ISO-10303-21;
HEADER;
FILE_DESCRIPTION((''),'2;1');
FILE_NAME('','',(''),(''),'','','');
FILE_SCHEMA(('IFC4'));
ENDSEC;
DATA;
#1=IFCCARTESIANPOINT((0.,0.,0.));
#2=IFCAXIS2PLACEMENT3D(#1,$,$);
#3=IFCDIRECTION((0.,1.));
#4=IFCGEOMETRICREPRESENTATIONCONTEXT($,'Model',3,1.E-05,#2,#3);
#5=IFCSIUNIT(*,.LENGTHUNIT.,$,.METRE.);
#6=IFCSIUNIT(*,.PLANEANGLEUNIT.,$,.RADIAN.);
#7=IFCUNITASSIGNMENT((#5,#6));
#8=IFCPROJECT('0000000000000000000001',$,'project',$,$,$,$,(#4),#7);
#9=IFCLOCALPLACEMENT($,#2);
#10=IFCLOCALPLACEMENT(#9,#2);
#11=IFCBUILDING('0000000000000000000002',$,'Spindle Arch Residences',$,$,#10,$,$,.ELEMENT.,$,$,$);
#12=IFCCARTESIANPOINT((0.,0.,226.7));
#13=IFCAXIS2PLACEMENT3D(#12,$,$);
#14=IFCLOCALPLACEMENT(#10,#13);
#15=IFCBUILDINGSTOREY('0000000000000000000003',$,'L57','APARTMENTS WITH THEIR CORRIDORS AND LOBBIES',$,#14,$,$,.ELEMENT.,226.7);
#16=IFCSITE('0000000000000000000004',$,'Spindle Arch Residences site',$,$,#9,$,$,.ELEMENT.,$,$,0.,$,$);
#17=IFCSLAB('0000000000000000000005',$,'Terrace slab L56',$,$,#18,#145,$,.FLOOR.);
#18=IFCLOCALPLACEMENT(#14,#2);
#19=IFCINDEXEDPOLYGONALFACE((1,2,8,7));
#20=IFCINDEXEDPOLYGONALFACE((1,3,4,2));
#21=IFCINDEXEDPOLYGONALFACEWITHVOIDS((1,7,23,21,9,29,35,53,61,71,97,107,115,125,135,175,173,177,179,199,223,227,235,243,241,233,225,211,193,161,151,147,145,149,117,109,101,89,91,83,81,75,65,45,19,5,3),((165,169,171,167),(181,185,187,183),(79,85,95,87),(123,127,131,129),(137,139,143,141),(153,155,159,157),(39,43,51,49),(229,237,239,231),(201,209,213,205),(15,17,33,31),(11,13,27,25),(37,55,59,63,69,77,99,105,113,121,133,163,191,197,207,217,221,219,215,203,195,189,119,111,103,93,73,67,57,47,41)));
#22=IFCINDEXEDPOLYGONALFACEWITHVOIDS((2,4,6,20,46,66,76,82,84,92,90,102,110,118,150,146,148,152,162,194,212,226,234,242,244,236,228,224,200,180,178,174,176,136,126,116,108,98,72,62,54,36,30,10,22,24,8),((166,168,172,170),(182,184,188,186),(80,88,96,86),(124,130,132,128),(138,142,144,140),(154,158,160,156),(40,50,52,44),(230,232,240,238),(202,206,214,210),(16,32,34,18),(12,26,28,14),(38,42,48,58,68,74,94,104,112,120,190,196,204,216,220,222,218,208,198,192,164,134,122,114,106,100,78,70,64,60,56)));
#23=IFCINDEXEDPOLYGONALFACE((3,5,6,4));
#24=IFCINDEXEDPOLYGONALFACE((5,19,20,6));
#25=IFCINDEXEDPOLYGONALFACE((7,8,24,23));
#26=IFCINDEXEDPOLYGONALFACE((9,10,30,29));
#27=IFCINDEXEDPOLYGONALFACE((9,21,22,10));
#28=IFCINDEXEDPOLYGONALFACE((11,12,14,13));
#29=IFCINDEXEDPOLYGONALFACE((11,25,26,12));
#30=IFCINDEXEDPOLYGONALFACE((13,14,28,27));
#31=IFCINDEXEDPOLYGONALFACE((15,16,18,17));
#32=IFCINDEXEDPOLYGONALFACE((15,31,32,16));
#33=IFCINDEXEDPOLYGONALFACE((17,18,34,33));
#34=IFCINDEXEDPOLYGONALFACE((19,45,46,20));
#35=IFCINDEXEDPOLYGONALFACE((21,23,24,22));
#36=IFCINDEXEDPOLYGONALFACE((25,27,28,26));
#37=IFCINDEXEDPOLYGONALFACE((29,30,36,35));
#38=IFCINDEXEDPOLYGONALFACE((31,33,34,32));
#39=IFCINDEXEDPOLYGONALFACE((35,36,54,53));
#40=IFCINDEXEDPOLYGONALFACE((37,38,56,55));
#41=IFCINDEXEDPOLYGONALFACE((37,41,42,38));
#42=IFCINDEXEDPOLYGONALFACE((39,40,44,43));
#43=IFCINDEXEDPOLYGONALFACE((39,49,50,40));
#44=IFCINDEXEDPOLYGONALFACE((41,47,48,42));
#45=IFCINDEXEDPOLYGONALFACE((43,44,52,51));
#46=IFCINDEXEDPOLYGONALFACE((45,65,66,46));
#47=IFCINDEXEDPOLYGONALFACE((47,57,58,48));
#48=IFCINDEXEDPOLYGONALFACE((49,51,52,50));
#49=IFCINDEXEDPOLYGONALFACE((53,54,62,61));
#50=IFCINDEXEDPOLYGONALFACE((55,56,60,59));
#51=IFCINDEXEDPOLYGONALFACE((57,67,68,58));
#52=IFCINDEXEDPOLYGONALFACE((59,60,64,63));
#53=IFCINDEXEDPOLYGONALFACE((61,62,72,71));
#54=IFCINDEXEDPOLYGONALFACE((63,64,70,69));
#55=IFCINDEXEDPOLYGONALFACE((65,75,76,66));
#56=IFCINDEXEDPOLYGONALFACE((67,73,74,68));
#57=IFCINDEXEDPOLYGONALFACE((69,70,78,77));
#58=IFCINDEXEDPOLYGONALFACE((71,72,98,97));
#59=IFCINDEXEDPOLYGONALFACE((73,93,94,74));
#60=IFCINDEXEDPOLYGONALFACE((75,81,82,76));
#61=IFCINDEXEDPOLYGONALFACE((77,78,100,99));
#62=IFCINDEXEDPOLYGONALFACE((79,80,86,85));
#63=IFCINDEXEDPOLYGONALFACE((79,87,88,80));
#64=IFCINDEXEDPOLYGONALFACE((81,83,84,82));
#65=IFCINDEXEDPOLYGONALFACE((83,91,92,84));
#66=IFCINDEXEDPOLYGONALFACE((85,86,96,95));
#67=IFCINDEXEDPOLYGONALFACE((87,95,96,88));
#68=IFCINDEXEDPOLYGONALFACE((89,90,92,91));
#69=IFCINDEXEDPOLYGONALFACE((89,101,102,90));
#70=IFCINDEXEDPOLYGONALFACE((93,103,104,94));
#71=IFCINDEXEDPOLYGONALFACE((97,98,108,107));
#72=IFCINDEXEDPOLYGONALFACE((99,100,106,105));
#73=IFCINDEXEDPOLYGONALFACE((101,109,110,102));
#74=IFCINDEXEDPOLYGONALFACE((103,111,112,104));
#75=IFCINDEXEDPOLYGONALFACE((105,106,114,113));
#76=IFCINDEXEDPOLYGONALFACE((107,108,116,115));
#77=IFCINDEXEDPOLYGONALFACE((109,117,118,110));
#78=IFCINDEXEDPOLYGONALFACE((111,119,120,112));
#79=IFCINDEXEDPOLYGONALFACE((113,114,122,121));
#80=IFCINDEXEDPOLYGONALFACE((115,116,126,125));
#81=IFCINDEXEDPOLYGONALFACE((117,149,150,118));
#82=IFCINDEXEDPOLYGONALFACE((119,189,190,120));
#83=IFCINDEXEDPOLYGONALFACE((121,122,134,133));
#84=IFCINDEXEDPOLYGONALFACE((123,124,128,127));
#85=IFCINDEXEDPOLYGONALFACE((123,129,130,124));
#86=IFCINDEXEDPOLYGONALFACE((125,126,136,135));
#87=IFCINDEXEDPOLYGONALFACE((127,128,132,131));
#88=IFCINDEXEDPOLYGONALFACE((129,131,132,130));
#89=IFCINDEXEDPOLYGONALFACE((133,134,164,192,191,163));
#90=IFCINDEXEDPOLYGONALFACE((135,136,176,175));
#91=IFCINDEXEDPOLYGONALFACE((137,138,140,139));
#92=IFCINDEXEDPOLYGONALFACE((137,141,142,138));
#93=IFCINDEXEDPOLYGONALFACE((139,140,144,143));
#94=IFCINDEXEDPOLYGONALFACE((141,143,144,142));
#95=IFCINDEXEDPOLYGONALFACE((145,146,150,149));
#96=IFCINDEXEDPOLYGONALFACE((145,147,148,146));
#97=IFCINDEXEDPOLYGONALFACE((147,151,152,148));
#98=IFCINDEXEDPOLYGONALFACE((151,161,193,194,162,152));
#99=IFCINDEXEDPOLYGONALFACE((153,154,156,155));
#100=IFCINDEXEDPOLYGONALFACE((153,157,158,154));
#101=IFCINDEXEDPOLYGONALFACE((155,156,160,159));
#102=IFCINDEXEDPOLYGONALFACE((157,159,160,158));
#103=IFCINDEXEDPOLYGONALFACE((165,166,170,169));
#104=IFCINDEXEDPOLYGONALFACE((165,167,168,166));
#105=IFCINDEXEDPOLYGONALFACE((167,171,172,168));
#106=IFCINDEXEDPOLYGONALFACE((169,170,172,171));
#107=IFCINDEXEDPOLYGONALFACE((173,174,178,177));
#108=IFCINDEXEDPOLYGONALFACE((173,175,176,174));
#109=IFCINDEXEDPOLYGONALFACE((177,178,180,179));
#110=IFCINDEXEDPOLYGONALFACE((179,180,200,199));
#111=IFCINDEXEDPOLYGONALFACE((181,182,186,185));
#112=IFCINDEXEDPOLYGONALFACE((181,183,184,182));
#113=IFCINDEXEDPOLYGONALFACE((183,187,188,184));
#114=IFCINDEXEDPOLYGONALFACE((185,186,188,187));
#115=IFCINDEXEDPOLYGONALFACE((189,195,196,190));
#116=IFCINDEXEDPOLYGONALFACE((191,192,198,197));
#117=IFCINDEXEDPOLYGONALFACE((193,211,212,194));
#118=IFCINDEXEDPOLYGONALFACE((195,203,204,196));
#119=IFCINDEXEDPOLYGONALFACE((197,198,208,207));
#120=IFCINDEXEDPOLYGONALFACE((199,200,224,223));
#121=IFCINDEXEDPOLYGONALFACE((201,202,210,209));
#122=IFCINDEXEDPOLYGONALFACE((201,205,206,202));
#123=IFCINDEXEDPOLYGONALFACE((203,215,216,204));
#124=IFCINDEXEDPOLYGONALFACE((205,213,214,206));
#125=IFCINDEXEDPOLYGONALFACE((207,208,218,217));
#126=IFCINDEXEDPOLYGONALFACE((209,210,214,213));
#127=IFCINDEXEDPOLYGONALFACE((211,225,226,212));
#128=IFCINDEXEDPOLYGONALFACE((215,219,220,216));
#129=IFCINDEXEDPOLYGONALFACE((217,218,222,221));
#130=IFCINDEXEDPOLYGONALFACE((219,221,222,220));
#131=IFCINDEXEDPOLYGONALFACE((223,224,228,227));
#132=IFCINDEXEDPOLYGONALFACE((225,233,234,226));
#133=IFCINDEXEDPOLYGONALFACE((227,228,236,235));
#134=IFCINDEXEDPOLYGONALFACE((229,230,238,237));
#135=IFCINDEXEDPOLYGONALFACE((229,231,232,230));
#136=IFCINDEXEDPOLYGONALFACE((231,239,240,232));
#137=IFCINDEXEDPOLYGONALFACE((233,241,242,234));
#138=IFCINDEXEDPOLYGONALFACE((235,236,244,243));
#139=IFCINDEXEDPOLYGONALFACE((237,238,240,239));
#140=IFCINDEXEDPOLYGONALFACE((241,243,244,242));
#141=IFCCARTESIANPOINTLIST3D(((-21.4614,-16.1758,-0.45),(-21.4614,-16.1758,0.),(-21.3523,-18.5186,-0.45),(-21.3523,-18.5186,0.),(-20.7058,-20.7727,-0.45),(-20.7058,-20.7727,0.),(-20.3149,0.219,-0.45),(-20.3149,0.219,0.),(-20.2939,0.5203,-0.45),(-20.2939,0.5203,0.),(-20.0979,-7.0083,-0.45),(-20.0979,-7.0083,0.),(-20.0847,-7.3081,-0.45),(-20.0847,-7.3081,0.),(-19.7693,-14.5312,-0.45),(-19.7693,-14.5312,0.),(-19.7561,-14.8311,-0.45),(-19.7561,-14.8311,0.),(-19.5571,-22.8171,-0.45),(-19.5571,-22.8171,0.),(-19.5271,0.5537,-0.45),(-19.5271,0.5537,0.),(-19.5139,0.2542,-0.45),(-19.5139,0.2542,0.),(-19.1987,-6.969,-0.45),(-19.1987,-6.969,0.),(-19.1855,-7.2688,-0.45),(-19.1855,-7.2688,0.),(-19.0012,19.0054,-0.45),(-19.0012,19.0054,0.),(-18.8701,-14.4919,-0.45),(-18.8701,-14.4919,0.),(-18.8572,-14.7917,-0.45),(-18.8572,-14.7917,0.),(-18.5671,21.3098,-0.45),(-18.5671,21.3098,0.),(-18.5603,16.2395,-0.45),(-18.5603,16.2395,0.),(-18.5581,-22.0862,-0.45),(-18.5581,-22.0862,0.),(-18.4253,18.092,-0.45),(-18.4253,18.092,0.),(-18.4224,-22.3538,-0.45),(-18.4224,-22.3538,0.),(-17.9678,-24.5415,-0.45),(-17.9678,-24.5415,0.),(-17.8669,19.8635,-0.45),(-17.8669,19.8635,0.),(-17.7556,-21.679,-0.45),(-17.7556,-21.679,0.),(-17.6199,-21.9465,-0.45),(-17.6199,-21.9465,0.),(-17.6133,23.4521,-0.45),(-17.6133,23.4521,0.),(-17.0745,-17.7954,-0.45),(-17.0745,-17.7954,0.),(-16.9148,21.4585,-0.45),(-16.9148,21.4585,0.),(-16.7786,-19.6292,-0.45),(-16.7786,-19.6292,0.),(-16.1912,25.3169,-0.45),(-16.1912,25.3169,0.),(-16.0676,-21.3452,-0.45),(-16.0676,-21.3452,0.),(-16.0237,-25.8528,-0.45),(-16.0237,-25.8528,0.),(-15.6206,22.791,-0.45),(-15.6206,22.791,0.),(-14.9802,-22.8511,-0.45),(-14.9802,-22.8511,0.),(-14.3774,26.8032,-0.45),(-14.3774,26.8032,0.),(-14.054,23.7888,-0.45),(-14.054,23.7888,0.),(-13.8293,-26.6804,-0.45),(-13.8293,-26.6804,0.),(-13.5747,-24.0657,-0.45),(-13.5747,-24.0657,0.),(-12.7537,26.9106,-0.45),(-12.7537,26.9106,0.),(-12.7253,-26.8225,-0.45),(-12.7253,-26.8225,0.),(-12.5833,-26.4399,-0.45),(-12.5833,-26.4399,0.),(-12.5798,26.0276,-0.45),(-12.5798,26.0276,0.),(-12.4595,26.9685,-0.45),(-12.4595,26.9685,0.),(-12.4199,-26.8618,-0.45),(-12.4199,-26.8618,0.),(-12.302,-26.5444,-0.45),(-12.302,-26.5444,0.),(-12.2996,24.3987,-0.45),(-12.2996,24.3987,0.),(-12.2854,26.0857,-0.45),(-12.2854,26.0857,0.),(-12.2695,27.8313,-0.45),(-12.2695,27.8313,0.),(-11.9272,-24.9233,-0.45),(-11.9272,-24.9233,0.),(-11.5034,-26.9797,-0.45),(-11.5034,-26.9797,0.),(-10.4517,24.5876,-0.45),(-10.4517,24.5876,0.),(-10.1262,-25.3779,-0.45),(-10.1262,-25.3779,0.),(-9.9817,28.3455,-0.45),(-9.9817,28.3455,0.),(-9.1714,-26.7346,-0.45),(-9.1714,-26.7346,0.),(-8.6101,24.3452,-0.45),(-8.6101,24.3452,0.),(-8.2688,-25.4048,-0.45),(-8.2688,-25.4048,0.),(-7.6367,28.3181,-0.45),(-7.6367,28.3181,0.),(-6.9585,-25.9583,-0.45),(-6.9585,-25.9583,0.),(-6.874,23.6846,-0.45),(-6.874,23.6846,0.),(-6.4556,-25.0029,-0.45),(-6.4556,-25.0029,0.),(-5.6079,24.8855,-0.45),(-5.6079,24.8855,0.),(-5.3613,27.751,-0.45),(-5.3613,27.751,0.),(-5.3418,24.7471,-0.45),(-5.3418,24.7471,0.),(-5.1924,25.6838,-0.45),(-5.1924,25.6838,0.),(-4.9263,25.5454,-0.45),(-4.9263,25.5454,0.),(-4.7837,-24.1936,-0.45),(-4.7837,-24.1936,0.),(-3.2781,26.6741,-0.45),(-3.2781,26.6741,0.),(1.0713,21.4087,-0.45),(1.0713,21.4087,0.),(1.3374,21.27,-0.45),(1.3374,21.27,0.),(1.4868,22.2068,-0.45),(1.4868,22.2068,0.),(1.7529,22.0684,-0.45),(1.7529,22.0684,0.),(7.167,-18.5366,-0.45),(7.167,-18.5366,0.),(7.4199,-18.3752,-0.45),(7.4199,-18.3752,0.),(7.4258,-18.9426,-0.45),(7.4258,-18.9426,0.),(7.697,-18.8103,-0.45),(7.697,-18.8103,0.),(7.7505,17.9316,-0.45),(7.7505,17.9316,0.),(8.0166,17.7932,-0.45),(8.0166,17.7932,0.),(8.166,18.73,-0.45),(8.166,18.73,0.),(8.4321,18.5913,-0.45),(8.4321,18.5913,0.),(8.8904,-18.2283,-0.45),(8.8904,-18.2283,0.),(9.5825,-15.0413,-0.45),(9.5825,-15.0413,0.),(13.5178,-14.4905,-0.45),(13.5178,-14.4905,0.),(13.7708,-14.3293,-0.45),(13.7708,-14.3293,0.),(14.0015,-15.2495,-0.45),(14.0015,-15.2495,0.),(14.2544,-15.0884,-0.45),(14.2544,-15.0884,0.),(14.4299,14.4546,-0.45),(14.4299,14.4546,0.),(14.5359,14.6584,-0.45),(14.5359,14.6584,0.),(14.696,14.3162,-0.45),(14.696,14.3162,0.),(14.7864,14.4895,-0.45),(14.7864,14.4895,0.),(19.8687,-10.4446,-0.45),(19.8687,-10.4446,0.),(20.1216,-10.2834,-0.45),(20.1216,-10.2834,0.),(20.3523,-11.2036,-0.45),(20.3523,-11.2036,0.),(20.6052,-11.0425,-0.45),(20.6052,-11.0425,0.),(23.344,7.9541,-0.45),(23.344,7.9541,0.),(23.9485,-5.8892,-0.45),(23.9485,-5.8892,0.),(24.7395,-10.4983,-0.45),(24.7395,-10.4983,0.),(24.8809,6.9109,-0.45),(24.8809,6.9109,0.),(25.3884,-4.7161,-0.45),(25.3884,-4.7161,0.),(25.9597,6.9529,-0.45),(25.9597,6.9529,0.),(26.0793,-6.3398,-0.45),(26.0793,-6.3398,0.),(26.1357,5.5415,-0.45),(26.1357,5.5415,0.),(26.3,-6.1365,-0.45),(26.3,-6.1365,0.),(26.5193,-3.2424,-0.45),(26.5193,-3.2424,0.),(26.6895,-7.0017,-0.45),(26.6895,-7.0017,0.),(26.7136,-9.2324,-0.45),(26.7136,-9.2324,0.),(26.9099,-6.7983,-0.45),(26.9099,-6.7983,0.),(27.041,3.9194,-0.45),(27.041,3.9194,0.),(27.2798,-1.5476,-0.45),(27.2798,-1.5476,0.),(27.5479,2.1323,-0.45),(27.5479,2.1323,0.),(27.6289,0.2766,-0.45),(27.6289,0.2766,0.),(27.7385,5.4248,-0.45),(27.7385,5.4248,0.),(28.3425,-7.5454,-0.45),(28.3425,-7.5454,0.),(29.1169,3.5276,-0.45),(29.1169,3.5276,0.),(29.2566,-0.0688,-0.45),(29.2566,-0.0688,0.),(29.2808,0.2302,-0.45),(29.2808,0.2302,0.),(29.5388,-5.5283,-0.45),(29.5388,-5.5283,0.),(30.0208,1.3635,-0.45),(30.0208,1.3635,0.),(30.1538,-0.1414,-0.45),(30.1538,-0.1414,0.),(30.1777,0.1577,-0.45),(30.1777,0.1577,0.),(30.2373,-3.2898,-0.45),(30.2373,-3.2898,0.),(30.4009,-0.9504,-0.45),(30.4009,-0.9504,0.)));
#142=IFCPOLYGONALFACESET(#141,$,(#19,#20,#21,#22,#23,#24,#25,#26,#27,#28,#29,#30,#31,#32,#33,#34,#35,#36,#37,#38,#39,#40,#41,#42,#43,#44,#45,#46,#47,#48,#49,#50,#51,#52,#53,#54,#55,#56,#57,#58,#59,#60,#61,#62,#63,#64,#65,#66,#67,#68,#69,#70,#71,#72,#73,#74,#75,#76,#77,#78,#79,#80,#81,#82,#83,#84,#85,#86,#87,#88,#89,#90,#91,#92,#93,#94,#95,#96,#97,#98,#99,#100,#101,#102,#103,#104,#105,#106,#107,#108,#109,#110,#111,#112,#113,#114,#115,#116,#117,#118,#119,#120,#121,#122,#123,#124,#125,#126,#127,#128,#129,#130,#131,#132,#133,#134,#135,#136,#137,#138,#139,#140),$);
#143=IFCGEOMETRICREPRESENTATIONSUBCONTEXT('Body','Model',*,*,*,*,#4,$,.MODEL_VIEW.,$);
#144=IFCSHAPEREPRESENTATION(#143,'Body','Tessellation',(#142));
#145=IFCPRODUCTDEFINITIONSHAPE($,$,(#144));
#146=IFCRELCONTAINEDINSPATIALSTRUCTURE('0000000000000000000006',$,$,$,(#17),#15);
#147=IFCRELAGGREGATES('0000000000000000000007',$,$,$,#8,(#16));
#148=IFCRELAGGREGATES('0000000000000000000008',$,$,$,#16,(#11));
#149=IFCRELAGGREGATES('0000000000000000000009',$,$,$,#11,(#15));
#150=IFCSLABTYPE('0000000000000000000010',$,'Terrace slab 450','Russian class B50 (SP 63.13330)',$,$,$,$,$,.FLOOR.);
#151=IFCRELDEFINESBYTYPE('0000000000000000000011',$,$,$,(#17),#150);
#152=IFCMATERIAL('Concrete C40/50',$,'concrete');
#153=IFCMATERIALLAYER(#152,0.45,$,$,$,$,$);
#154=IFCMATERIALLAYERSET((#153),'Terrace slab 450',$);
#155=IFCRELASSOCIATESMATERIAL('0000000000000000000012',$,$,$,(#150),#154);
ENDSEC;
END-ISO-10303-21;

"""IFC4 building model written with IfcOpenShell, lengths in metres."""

from ifc_helpers import new_model, si_unit, direction, frame, origin, place, context, subcontext, project, spatial, polyline, outline, extrude, material, layer, layer_set, type_object, element, save


model = new_model("IFC4")

# Units and contexts
model_context = context("Model", 3, precision=1e-05, world=origin(), true_north=direction((0.0, 1.0)))
body_context = subcontext(model_context, "Body", "Model", "MODEL_VIEW")
ifc_project = project(units=[si_unit("LENGTHUNIT", "METRE"), si_unit("PLANEANGLEUNIT", "RADIAN")], contexts=[model_context])

# Site, building, storey
site_placement = place(None, origin())
site = spatial("IfcSite", under=ifc_project, at=site_placement, Name="Spindle Arch Residences site", CompositionType="ELEMENT", RefElevation=0.0)
building_placement = place(site_placement, origin())
building = spatial("IfcBuilding", under=site, at=building_placement, Name="Spindle Arch Residences", CompositionType="ELEMENT")
storey_placement = place(building_placement, frame((0.0, 0.0, 226.7)))
storey = spatial("IfcBuildingStorey", under=building, at=storey_placement, Name="L57", Description="APARTMENTS WITH THEIR CORRIDORS AND LOBBIES", CompositionType="ELEMENT", Elevation=226.7)

# Slab
ifc_material_1 = material(Name="Concrete C40/50", Category="concrete")
ifc_layer_1 = layer(ifc_material_1, 0.45)
ifc_layer_set_1 = layer_set([ifc_layer_1], Name="Terrace slab 450")
slab_type_1 = type_object("IfcSlabType", Name="Terrace slab 450", Description="Russian class B50 (SP 63.13330)", PredefinedType="FLOOR", material=ifc_layer_set_1)
slab_1_placement = place(storey_placement, frame((0.0, 0.0, -0.45)))
element("IfcSlab", 1, at=slab_1_placement, inside=storey, type_object=slab_type_1, Name="Terrace slab L56", PredefinedType="FLOOR", context=body_context, shape_type="SweptSolid", body=[
    extrude(outline(polyline([(-9.1714, -26.7346), (-11.5034, -26.9797), (-12.4199, -26.8618), (-12.302, -26.5444), (-12.5833, -26.4399), (-12.7253, -26.8225), (-13.8293, -26.6804), (-16.0237, -25.8528), (-17.9678, -24.5415), (-19.5571, -22.8171), (-20.7058, -20.7727), (-21.3523, -18.5186), (-21.4614, -16.1758), (-20.3149, 0.219), (-19.5139, 0.2542), (-19.5271, 0.5537), (-20.2939, 0.5203), (-19.0012, 19.0054), (-18.5671, 21.3098), (-17.6133, 23.4521), (-16.1912, 25.3169), (-14.3774, 26.8032), (-12.2695, 27.8313), (-9.9817, 28.3455), (-7.6367, 28.3181), (-5.3613, 27.751), (-3.2781, 26.6741), (14.5359, 14.6584), (14.4299, 14.4546), (14.696, 14.3162), (14.7864, 14.4895), (25.9597, 6.9529), (27.7385, 5.4248), (29.1169, 3.5276), (30.0208, 1.3635), (30.4009, -0.9504), (30.2373, -3.2898), (29.5388, -5.5283), (28.3425, -7.5454), (26.7136, -9.2324), (24.7395, -10.4983), (8.8904, -18.2283), (7.697, -18.8103), (7.4199, -18.3752), (7.167, -18.5366), (7.4258, -18.9426), (-6.9585, -25.9583), (-9.1714, -26.7346)]), holes=[polyline([(25.3884, -4.7161), (26.5193, -3.2424), (27.2798, -1.5476), (27.6289, 0.2766), (27.5479, 2.1323), (27.041, 3.9194), (26.1357, 5.5415), (24.8809, 6.9109), (23.344, 7.9541), (-6.874, 23.6846), (-8.6101, 24.3452), (-10.4517, 24.5876), (-12.2996, 24.3987), (-14.054, 23.7888), (-15.6206, 22.791), (-16.9148, 21.4585), (-17.8669, 19.8635), (-18.4253, 18.092), (-18.5603, 16.2395), (-17.0745, -17.7954), (-16.7786, -19.6292), (-16.0676, -21.3452), (-14.9802, -22.8511), (-13.5747, -24.0657), (-11.9272, -24.9233), (-10.1262, -25.3779), (-8.2688, -25.4048), (-6.4556, -25.0029), (-4.7837, -24.1936), (9.5825, -15.0413), (23.9485, -5.8892), (25.3884, -4.7161)]), polyline([(-18.5581, -22.0862), (-18.4224, -22.3538), (-17.6199, -21.9465), (-17.7556, -21.679), (-18.5581, -22.0862)]), polyline([(-18.8701, -14.4919), (-19.7693, -14.5312), (-19.7561, -14.8311), (-18.8572, -14.7917), (-18.8701, -14.4919)]), polyline([(-19.1987, -6.969), (-20.0979, -7.0083), (-20.0847, -7.3081), (-19.1855, -7.2688), (-19.1987, -6.969)]), polyline([(-5.3418, 24.7471), (-4.9263, 25.5454), (-5.1924, 25.6838), (-5.6079, 24.8855), (-5.3418, 24.7471)]), polyline([(-12.2854, 26.0857), (-12.4595, 26.9685), (-12.7537, 26.9106), (-12.5798, 26.0276), (-12.2854, 26.0857)]), polyline([(14.0015, -15.2495), (14.2544, -15.0884), (13.7708, -14.3293), (13.5178, -14.4905), (14.0015, -15.2495)]), polyline([(19.8687, -10.4446), (20.3523, -11.2036), (20.6052, -11.0425), (20.1216, -10.2834), (19.8687, -10.4446)]), polyline([(26.0793, -6.3398), (26.6895, -7.0017), (26.9099, -6.7983), (26.3, -6.1365), (26.0793, -6.3398)]), polyline([(30.1538, -0.1414), (30.1777, 0.1577), (29.2808, 0.2302), (29.2566, -0.0688), (30.1538, -0.1414)]), polyline([(8.0166, 17.7932), (8.4321, 18.5913), (8.166, 18.73), (7.7505, 17.9316), (8.0166, 17.7932)]), polyline([(1.3374, 21.27), (1.7529, 22.0684), (1.4868, 22.2068), (1.0713, 21.4087), (1.3374, 21.27)])]), origin(), (0.0, 0.0, 1.0), 0.45),
])

save(model, "model.ifc")
